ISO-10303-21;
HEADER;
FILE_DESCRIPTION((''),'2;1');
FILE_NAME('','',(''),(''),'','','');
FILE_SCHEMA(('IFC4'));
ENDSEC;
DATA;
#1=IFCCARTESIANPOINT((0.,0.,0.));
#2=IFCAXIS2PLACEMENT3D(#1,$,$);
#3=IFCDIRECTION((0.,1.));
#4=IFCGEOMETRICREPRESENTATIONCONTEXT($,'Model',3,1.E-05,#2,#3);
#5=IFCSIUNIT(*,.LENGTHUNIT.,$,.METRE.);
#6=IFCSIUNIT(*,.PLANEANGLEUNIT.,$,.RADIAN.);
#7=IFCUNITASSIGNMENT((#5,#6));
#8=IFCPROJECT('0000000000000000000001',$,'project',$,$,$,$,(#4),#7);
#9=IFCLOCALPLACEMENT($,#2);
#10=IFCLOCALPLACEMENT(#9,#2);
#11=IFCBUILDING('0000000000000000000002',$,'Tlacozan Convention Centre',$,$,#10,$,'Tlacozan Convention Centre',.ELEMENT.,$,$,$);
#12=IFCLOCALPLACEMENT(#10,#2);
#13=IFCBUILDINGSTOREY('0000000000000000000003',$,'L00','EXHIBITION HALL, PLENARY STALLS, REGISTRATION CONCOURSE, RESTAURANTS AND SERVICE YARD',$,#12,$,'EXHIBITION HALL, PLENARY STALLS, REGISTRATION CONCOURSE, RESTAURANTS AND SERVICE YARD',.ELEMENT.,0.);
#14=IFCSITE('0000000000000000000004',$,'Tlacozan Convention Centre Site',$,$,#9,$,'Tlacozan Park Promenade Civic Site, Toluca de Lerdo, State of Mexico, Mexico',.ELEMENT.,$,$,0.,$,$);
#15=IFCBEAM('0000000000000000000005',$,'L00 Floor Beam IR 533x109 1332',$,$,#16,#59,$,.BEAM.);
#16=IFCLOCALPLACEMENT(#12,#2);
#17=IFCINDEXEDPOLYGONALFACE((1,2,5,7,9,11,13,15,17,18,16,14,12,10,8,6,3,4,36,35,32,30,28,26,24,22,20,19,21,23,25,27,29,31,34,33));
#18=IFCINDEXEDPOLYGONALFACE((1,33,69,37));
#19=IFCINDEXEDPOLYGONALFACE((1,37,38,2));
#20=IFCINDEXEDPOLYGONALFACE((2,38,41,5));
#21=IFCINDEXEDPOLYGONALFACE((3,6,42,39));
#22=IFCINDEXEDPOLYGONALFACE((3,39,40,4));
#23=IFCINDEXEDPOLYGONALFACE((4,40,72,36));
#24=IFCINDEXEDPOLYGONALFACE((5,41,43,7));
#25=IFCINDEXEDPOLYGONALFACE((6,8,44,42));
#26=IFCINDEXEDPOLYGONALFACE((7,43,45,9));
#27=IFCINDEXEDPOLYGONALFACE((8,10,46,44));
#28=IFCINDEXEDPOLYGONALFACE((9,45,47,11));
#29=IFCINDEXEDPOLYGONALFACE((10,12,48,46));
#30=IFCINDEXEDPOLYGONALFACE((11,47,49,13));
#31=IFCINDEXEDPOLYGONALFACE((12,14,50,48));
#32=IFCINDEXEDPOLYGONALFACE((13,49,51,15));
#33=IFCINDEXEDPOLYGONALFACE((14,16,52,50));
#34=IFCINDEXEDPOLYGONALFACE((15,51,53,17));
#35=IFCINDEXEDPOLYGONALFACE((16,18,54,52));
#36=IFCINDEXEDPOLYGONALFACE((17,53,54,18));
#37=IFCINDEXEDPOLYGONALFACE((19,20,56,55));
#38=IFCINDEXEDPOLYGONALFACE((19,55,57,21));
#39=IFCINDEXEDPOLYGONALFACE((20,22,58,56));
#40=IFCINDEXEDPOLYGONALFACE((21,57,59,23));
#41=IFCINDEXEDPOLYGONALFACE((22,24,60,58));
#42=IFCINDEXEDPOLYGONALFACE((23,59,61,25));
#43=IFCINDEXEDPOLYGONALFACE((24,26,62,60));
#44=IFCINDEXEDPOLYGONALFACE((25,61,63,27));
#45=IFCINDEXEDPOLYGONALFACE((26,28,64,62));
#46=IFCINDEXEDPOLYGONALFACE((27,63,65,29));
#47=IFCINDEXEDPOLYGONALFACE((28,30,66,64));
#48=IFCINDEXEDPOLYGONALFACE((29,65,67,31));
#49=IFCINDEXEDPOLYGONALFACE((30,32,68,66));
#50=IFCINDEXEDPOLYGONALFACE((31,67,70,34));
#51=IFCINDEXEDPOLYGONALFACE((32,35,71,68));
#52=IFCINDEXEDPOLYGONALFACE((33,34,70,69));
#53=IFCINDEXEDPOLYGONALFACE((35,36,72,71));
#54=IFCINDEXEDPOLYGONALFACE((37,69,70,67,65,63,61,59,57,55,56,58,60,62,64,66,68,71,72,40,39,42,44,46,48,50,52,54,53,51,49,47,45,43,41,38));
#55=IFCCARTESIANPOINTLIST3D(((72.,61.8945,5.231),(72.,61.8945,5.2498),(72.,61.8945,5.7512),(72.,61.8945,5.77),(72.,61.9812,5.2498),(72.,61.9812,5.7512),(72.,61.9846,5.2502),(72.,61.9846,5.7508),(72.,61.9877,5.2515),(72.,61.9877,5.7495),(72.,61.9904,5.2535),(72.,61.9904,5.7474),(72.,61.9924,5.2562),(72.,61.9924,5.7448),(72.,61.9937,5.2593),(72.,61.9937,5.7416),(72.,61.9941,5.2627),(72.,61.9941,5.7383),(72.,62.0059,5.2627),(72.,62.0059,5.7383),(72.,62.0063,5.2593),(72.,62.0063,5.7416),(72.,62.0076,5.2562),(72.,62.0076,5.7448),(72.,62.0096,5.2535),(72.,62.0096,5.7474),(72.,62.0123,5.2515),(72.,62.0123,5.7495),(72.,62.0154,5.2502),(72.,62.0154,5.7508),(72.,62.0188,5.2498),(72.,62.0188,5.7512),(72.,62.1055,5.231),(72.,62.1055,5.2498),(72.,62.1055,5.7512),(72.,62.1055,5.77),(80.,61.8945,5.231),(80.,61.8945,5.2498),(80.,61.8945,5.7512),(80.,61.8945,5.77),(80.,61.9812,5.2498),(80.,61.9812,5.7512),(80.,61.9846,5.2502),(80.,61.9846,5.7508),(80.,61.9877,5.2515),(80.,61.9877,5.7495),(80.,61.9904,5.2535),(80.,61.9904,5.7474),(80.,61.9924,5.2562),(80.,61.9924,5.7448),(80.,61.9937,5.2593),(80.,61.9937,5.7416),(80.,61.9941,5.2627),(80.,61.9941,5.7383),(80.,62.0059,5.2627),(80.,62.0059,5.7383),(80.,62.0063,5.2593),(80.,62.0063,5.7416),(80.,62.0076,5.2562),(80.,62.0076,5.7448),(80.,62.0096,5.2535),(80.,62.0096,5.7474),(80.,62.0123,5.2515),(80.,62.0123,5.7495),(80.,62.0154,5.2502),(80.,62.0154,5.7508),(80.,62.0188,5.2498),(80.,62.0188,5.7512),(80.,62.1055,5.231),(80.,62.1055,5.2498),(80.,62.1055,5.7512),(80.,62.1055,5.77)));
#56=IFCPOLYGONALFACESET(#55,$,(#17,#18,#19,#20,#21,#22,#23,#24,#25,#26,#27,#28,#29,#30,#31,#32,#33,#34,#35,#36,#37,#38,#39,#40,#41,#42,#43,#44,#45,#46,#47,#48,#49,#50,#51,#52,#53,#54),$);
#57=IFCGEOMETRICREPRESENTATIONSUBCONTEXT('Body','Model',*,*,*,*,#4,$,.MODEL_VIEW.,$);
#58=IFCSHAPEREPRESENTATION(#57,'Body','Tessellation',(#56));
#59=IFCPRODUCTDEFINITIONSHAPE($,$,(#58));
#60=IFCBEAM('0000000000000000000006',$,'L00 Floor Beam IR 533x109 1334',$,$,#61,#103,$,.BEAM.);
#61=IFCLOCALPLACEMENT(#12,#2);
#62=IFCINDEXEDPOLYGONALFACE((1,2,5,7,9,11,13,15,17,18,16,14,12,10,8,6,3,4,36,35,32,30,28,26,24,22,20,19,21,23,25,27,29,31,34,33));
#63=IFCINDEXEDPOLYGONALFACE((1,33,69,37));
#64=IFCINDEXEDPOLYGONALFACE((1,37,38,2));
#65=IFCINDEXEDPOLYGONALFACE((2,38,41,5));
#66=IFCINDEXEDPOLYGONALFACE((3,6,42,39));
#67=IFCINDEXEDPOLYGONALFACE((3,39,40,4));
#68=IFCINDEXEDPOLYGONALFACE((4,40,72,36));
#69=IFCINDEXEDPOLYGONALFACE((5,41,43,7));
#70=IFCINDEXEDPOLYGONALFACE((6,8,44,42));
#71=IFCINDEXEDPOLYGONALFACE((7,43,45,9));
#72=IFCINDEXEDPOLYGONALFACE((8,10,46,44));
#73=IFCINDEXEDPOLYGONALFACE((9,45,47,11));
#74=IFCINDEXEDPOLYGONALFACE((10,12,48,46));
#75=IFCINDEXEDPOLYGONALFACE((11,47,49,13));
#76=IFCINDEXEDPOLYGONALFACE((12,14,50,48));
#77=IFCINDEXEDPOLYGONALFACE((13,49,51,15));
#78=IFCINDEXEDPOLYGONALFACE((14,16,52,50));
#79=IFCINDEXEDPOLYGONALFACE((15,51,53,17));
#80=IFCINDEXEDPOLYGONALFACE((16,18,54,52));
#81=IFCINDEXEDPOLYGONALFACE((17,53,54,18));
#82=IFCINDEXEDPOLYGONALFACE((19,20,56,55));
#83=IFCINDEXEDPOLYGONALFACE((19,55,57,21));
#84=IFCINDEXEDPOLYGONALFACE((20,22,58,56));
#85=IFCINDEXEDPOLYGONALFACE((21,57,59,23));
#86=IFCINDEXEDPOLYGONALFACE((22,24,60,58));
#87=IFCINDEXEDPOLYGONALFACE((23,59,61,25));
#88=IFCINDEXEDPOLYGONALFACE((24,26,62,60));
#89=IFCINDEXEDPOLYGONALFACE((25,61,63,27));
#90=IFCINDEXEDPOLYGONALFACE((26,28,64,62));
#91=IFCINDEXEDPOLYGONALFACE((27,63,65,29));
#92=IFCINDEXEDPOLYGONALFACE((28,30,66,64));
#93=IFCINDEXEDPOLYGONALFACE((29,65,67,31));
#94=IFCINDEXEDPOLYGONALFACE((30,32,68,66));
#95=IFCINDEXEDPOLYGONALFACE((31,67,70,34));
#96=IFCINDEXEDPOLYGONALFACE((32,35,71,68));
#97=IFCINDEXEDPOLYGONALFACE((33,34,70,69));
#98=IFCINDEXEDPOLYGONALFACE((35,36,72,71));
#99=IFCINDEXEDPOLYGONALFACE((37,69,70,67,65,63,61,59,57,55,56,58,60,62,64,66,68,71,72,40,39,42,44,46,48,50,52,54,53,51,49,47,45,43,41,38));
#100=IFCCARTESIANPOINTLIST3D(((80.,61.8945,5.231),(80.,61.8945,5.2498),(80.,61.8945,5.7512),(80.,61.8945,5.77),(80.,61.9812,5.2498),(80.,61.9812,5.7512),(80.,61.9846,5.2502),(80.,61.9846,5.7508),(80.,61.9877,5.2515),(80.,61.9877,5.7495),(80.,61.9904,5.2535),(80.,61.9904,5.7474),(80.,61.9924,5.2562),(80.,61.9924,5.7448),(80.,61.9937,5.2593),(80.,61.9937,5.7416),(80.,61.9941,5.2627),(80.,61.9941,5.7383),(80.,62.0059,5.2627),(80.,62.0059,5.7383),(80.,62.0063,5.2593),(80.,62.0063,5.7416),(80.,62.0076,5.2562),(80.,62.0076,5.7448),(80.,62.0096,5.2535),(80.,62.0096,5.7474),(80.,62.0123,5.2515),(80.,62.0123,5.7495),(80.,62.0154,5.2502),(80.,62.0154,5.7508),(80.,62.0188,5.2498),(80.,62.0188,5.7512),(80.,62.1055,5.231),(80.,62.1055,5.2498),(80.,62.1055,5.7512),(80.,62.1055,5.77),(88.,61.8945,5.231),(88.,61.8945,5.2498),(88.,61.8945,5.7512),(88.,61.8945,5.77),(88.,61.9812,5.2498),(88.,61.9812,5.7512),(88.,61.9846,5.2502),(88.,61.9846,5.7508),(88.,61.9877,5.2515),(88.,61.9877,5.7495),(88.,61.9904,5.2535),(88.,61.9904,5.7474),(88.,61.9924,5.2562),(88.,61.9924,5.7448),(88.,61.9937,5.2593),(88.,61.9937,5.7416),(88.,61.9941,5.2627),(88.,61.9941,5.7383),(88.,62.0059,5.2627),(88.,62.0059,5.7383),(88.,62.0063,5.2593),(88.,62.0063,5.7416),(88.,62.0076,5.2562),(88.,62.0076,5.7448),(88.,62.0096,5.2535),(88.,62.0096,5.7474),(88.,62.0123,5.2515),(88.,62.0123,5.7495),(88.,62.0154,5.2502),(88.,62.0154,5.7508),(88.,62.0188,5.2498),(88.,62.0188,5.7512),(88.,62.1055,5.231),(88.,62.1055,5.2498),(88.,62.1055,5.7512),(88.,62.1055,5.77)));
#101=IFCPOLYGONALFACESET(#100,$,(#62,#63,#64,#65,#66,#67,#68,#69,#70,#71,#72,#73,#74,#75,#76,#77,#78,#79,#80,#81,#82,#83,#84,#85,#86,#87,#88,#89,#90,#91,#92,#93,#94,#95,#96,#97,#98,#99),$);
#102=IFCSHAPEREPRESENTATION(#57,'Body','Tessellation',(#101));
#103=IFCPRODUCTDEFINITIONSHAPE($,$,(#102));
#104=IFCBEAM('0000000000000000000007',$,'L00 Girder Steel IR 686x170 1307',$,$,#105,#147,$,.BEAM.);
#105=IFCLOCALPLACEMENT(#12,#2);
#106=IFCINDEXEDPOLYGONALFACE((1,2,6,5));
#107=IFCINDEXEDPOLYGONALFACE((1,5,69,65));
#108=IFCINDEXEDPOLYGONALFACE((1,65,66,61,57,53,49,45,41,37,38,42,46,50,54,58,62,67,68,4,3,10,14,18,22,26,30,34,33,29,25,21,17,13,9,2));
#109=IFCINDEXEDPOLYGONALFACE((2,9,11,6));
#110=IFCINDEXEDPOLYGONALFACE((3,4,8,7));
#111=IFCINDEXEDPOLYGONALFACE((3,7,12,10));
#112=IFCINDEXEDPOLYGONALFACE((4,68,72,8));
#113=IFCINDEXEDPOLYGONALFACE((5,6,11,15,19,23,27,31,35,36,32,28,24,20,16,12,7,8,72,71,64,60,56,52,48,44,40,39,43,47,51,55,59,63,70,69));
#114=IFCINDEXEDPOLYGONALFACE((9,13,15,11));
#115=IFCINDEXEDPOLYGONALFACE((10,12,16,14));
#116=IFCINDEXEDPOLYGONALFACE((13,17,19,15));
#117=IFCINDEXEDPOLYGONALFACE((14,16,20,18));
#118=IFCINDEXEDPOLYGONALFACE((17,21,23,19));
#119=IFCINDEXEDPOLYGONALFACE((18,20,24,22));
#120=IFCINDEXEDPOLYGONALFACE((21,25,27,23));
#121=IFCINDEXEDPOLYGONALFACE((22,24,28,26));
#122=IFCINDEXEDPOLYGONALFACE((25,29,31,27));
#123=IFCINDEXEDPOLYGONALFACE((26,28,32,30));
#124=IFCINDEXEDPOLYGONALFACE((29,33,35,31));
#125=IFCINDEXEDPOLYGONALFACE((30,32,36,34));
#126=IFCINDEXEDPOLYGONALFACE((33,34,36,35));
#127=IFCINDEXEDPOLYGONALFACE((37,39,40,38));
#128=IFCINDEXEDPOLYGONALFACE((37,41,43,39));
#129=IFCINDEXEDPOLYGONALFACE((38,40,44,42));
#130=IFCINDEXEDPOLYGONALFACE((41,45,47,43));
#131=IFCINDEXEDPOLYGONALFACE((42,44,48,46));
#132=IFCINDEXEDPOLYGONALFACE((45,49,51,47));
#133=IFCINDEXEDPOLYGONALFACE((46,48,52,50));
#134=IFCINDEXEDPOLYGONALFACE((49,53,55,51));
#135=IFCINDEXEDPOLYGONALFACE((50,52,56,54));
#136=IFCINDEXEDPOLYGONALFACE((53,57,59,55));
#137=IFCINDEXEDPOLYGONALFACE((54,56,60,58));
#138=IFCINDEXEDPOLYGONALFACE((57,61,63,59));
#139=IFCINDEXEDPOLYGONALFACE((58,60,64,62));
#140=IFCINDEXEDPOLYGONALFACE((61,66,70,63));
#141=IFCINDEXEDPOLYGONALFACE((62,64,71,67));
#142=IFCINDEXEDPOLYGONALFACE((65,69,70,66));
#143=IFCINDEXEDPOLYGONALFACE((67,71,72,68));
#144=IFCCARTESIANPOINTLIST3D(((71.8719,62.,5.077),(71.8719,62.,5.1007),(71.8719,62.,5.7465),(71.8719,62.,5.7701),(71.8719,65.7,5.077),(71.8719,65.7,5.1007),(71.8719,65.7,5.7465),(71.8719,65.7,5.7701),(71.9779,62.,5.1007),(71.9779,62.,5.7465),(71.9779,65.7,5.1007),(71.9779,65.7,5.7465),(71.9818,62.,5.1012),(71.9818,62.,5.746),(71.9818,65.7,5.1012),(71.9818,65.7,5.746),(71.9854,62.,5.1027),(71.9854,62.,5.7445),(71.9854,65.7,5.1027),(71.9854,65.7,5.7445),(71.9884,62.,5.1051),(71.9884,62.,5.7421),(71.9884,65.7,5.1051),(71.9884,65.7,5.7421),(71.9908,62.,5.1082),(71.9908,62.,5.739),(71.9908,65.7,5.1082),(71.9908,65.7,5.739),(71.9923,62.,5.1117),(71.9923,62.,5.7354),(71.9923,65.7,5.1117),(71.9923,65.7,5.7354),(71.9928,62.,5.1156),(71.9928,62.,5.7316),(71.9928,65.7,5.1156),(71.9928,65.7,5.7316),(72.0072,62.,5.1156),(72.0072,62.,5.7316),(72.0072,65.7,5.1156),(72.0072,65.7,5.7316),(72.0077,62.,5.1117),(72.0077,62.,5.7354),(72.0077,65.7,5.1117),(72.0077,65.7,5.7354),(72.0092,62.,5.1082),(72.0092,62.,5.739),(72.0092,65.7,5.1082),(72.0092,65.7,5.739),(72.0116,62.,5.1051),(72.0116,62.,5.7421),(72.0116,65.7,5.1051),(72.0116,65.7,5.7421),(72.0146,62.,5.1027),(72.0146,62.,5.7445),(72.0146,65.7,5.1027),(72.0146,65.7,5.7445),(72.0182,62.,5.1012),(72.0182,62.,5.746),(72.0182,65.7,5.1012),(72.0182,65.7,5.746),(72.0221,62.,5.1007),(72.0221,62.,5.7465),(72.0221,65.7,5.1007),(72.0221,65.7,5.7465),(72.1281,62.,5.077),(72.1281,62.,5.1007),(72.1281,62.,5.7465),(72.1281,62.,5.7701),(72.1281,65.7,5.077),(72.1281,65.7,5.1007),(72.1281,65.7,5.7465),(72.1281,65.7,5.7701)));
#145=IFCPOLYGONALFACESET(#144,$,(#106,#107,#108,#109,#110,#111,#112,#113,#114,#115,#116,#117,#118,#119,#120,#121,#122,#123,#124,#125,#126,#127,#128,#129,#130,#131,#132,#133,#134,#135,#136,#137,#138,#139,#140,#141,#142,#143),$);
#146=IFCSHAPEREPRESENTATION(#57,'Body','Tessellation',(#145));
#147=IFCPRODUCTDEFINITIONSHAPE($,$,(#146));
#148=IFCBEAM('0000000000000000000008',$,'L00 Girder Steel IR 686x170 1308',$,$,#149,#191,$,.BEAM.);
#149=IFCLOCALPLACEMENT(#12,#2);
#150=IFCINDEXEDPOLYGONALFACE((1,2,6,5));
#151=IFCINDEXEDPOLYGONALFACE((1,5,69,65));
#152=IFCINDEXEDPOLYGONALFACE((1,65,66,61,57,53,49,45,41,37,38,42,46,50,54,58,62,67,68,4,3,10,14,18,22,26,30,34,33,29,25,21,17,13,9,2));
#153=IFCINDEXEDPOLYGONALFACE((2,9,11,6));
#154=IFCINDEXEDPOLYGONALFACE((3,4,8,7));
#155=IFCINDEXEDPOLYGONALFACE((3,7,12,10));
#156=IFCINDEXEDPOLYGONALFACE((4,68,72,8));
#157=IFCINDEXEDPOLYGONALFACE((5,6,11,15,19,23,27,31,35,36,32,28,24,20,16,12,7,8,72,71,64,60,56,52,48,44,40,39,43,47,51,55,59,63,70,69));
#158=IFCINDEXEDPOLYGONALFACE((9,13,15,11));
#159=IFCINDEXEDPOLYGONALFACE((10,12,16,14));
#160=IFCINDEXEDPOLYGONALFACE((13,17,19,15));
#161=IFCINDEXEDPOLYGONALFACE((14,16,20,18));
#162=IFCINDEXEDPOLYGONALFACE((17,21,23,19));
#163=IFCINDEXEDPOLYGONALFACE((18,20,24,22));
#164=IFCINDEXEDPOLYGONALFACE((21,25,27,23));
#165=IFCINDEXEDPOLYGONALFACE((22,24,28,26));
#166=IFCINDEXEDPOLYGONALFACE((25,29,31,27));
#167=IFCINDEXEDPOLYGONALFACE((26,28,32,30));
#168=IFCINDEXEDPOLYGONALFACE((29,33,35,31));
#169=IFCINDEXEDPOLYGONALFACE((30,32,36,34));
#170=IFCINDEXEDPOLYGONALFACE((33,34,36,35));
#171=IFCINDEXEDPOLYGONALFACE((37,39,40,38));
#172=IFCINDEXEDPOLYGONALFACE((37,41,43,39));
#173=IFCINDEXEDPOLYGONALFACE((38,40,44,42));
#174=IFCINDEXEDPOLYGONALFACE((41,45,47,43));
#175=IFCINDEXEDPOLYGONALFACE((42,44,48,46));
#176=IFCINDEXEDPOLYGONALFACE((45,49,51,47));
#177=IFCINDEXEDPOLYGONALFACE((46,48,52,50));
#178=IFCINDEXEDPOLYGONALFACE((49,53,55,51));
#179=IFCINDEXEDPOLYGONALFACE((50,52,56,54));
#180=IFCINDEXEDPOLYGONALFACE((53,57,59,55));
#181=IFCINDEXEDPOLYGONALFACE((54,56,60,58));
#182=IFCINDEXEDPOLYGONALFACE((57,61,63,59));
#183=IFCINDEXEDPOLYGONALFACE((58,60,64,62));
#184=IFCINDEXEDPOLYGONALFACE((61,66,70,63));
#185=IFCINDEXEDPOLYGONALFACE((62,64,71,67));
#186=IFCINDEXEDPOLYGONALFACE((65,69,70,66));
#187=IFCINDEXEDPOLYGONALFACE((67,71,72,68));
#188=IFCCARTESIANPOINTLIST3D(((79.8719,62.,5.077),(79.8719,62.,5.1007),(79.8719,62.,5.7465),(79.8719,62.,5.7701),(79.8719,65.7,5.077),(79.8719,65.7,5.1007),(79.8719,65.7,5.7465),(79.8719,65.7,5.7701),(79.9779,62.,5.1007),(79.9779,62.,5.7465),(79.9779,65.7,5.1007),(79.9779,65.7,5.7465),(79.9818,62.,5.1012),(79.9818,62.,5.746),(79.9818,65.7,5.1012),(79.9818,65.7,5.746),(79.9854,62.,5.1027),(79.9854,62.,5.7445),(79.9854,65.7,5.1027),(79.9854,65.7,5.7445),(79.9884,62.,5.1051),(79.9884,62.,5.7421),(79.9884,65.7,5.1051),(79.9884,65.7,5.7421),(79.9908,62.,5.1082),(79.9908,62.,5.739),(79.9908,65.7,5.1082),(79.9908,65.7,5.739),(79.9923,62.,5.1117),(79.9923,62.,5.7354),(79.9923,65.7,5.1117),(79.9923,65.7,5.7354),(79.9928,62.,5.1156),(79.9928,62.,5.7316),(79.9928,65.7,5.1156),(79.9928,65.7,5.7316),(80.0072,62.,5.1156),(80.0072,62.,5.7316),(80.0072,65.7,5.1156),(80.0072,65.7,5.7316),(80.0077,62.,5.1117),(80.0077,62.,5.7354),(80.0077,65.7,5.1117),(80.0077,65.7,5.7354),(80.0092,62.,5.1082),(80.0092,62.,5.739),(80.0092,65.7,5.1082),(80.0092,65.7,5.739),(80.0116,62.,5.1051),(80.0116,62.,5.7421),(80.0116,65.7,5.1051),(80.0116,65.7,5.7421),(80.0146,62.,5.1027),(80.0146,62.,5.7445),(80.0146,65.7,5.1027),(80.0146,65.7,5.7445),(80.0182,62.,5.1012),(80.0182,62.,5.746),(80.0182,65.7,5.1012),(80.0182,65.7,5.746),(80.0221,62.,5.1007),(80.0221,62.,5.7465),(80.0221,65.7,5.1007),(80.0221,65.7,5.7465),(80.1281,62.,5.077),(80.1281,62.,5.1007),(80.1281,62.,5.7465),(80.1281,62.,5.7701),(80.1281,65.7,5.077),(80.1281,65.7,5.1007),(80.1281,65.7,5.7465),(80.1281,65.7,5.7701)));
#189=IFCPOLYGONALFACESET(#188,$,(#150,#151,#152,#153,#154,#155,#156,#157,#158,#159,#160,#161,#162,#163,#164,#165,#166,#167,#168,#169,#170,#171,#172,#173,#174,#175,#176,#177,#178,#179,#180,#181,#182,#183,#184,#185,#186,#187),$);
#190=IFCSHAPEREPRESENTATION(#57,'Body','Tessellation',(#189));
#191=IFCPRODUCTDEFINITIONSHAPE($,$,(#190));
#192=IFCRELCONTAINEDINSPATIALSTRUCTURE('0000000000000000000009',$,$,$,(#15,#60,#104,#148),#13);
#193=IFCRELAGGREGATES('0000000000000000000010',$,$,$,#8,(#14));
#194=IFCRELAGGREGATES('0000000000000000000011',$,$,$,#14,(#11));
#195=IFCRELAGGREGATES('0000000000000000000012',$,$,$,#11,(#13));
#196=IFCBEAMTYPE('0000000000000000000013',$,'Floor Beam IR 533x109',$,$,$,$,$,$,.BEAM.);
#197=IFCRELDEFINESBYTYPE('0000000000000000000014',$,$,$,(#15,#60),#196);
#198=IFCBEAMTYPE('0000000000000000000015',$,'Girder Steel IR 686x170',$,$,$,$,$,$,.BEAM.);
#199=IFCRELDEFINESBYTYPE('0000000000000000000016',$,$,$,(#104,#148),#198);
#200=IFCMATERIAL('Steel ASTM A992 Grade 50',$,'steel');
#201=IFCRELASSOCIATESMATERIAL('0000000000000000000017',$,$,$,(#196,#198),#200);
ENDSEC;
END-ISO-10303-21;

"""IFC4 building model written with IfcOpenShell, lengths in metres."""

from ifc_helpers import new_model, si_unit, direction, frame, origin, origin_2d, place, context, subcontext, project, spatial, i_section, extrude, material, material_profile, profile_set, type_object, element, save


model = new_model("IFC4")

# Units and contexts
model_context = context("Model", 3, precision=1e-05, world=origin(), true_north=direction((0.0, 1.0)))
body_context = subcontext(model_context, "Body", "Model", "MODEL_VIEW")
ifc_project = project(units=[si_unit("LENGTHUNIT", "METRE"), si_unit("PLANEANGLEUNIT", "RADIAN")], contexts=[model_context])

# Site, building, storey
site_placement = place(None, origin())
site = spatial("IfcSite", under=ifc_project, at=site_placement, Name="Tlacozan Convention Centre Site", LongName="Tlacozan Park Promenade Civic Site, Toluca de Lerdo, State of Mexico, Mexico", CompositionType="ELEMENT", RefElevation=0.0)
building_placement = place(site_placement, origin())
building = spatial("IfcBuilding", under=site, at=building_placement, Name="Tlacozan Convention Centre", LongName="Tlacozan Convention Centre", CompositionType="ELEMENT")
storey_placement = place(building_placement, origin())
storey = spatial("IfcBuildingStorey", under=building, at=storey_placement, Name="L00", Description="EXHIBITION HALL, PLENARY STALLS, REGISTRATION CONCOURSE, RESTAURANTS AND SERVICE YARD", LongName="EXHIBITION HALL, PLENARY STALLS, REGISTRATION CONCOURSE, RESTAURANTS AND SERVICE YARD", CompositionType="ELEMENT", Elevation=0.0)

# Beams
ifc_material_1 = material(Name="Steel ASTM A992 Grade 50", Category="steel")
ifc_material_profile_1 = material_profile(ifc_material_1, i_section(OverallWidth=0.2109, OverallDepth=0.5391, WebThickness=0.0117, FlangeThickness=0.0188, FilletRadius=0.0129, at=origin_2d()), Name="IR 533x109.0")
ifc_profile_set_1 = profile_set([ifc_material_profile_1], Name="Steel ASTM A992 Grade 50")
beam_type_1 = type_object("IfcBeamType", Name="Floor Beam IR 533x109", PredefinedType="BEAM", material=ifc_profile_set_1)
for number, where, z_axis, x_axis, name in (
    (1, (72.0, 62.0, 5.5005), (1.0, 0.0, 0.0), (0.0, 1.0, 0.0), "L00 Floor Beam IR 533x109 1332"),
    (2, (80.0, 62.0, 5.5005), (1.0, 0.0, 0.0), (0.0, 1.0, 0.0), "L00 Floor Beam IR 533x109 1334"),
):
    element("IfcBeam", number, at=place(storey_placement, frame(where, z_axis=z_axis, x_axis=x_axis)), inside=storey, type_object=beam_type_1, Name=name, PredefinedType="BEAM", context=body_context, shape_type="SweptSolid", body=[
        extrude(i_section(OverallWidth=0.2109, OverallDepth=0.5391, WebThickness=0.0117, FlangeThickness=0.0188, FilletRadius=0.0129, at=origin_2d()), origin(), (0.0, 0.0, 1.0), 8.0),
    ])
ifc_material_profile_2 = material_profile(ifc_material_1, i_section(OverallWidth=0.2561, OverallDepth=0.6931, WebThickness=0.0144, FlangeThickness=0.0237, FilletRadius=0.0149, at=origin_2d()), Name="IR 686x170.0")
ifc_profile_set_2 = profile_set([ifc_material_profile_2], Name="Steel ASTM A992 Grade 50")
beam_type_2 = type_object("IfcBeamType", Name="Girder Steel IR 686x170", PredefinedType="BEAM", material=ifc_profile_set_2)
for number, where, z_axis, x_axis, name in (
    (3, (72.0, 62.0, 5.4236), (0.0, 1.0, 0.0), (-1.0, 0.0, 0.0), "L00 Girder Steel IR 686x170 1307"),
    (4, (80.0, 62.0, 5.4236), (0.0, 1.0, 0.0), (-1.0, 0.0, 0.0), "L00 Girder Steel IR 686x170 1308"),
):
    element("IfcBeam", number, at=place(storey_placement, frame(where, z_axis=z_axis, x_axis=x_axis)), inside=storey, type_object=beam_type_2, Name=name, PredefinedType="BEAM", context=body_context, shape_type="SweptSolid", body=[
        extrude(i_section(OverallWidth=0.2561, OverallDepth=0.6931, WebThickness=0.0144, FlangeThickness=0.0237, FilletRadius=0.0149, at=origin_2d()), origin(), (0.0, 0.0, 1.0), 3.7),
    ])

save(model, "model.ifc")
